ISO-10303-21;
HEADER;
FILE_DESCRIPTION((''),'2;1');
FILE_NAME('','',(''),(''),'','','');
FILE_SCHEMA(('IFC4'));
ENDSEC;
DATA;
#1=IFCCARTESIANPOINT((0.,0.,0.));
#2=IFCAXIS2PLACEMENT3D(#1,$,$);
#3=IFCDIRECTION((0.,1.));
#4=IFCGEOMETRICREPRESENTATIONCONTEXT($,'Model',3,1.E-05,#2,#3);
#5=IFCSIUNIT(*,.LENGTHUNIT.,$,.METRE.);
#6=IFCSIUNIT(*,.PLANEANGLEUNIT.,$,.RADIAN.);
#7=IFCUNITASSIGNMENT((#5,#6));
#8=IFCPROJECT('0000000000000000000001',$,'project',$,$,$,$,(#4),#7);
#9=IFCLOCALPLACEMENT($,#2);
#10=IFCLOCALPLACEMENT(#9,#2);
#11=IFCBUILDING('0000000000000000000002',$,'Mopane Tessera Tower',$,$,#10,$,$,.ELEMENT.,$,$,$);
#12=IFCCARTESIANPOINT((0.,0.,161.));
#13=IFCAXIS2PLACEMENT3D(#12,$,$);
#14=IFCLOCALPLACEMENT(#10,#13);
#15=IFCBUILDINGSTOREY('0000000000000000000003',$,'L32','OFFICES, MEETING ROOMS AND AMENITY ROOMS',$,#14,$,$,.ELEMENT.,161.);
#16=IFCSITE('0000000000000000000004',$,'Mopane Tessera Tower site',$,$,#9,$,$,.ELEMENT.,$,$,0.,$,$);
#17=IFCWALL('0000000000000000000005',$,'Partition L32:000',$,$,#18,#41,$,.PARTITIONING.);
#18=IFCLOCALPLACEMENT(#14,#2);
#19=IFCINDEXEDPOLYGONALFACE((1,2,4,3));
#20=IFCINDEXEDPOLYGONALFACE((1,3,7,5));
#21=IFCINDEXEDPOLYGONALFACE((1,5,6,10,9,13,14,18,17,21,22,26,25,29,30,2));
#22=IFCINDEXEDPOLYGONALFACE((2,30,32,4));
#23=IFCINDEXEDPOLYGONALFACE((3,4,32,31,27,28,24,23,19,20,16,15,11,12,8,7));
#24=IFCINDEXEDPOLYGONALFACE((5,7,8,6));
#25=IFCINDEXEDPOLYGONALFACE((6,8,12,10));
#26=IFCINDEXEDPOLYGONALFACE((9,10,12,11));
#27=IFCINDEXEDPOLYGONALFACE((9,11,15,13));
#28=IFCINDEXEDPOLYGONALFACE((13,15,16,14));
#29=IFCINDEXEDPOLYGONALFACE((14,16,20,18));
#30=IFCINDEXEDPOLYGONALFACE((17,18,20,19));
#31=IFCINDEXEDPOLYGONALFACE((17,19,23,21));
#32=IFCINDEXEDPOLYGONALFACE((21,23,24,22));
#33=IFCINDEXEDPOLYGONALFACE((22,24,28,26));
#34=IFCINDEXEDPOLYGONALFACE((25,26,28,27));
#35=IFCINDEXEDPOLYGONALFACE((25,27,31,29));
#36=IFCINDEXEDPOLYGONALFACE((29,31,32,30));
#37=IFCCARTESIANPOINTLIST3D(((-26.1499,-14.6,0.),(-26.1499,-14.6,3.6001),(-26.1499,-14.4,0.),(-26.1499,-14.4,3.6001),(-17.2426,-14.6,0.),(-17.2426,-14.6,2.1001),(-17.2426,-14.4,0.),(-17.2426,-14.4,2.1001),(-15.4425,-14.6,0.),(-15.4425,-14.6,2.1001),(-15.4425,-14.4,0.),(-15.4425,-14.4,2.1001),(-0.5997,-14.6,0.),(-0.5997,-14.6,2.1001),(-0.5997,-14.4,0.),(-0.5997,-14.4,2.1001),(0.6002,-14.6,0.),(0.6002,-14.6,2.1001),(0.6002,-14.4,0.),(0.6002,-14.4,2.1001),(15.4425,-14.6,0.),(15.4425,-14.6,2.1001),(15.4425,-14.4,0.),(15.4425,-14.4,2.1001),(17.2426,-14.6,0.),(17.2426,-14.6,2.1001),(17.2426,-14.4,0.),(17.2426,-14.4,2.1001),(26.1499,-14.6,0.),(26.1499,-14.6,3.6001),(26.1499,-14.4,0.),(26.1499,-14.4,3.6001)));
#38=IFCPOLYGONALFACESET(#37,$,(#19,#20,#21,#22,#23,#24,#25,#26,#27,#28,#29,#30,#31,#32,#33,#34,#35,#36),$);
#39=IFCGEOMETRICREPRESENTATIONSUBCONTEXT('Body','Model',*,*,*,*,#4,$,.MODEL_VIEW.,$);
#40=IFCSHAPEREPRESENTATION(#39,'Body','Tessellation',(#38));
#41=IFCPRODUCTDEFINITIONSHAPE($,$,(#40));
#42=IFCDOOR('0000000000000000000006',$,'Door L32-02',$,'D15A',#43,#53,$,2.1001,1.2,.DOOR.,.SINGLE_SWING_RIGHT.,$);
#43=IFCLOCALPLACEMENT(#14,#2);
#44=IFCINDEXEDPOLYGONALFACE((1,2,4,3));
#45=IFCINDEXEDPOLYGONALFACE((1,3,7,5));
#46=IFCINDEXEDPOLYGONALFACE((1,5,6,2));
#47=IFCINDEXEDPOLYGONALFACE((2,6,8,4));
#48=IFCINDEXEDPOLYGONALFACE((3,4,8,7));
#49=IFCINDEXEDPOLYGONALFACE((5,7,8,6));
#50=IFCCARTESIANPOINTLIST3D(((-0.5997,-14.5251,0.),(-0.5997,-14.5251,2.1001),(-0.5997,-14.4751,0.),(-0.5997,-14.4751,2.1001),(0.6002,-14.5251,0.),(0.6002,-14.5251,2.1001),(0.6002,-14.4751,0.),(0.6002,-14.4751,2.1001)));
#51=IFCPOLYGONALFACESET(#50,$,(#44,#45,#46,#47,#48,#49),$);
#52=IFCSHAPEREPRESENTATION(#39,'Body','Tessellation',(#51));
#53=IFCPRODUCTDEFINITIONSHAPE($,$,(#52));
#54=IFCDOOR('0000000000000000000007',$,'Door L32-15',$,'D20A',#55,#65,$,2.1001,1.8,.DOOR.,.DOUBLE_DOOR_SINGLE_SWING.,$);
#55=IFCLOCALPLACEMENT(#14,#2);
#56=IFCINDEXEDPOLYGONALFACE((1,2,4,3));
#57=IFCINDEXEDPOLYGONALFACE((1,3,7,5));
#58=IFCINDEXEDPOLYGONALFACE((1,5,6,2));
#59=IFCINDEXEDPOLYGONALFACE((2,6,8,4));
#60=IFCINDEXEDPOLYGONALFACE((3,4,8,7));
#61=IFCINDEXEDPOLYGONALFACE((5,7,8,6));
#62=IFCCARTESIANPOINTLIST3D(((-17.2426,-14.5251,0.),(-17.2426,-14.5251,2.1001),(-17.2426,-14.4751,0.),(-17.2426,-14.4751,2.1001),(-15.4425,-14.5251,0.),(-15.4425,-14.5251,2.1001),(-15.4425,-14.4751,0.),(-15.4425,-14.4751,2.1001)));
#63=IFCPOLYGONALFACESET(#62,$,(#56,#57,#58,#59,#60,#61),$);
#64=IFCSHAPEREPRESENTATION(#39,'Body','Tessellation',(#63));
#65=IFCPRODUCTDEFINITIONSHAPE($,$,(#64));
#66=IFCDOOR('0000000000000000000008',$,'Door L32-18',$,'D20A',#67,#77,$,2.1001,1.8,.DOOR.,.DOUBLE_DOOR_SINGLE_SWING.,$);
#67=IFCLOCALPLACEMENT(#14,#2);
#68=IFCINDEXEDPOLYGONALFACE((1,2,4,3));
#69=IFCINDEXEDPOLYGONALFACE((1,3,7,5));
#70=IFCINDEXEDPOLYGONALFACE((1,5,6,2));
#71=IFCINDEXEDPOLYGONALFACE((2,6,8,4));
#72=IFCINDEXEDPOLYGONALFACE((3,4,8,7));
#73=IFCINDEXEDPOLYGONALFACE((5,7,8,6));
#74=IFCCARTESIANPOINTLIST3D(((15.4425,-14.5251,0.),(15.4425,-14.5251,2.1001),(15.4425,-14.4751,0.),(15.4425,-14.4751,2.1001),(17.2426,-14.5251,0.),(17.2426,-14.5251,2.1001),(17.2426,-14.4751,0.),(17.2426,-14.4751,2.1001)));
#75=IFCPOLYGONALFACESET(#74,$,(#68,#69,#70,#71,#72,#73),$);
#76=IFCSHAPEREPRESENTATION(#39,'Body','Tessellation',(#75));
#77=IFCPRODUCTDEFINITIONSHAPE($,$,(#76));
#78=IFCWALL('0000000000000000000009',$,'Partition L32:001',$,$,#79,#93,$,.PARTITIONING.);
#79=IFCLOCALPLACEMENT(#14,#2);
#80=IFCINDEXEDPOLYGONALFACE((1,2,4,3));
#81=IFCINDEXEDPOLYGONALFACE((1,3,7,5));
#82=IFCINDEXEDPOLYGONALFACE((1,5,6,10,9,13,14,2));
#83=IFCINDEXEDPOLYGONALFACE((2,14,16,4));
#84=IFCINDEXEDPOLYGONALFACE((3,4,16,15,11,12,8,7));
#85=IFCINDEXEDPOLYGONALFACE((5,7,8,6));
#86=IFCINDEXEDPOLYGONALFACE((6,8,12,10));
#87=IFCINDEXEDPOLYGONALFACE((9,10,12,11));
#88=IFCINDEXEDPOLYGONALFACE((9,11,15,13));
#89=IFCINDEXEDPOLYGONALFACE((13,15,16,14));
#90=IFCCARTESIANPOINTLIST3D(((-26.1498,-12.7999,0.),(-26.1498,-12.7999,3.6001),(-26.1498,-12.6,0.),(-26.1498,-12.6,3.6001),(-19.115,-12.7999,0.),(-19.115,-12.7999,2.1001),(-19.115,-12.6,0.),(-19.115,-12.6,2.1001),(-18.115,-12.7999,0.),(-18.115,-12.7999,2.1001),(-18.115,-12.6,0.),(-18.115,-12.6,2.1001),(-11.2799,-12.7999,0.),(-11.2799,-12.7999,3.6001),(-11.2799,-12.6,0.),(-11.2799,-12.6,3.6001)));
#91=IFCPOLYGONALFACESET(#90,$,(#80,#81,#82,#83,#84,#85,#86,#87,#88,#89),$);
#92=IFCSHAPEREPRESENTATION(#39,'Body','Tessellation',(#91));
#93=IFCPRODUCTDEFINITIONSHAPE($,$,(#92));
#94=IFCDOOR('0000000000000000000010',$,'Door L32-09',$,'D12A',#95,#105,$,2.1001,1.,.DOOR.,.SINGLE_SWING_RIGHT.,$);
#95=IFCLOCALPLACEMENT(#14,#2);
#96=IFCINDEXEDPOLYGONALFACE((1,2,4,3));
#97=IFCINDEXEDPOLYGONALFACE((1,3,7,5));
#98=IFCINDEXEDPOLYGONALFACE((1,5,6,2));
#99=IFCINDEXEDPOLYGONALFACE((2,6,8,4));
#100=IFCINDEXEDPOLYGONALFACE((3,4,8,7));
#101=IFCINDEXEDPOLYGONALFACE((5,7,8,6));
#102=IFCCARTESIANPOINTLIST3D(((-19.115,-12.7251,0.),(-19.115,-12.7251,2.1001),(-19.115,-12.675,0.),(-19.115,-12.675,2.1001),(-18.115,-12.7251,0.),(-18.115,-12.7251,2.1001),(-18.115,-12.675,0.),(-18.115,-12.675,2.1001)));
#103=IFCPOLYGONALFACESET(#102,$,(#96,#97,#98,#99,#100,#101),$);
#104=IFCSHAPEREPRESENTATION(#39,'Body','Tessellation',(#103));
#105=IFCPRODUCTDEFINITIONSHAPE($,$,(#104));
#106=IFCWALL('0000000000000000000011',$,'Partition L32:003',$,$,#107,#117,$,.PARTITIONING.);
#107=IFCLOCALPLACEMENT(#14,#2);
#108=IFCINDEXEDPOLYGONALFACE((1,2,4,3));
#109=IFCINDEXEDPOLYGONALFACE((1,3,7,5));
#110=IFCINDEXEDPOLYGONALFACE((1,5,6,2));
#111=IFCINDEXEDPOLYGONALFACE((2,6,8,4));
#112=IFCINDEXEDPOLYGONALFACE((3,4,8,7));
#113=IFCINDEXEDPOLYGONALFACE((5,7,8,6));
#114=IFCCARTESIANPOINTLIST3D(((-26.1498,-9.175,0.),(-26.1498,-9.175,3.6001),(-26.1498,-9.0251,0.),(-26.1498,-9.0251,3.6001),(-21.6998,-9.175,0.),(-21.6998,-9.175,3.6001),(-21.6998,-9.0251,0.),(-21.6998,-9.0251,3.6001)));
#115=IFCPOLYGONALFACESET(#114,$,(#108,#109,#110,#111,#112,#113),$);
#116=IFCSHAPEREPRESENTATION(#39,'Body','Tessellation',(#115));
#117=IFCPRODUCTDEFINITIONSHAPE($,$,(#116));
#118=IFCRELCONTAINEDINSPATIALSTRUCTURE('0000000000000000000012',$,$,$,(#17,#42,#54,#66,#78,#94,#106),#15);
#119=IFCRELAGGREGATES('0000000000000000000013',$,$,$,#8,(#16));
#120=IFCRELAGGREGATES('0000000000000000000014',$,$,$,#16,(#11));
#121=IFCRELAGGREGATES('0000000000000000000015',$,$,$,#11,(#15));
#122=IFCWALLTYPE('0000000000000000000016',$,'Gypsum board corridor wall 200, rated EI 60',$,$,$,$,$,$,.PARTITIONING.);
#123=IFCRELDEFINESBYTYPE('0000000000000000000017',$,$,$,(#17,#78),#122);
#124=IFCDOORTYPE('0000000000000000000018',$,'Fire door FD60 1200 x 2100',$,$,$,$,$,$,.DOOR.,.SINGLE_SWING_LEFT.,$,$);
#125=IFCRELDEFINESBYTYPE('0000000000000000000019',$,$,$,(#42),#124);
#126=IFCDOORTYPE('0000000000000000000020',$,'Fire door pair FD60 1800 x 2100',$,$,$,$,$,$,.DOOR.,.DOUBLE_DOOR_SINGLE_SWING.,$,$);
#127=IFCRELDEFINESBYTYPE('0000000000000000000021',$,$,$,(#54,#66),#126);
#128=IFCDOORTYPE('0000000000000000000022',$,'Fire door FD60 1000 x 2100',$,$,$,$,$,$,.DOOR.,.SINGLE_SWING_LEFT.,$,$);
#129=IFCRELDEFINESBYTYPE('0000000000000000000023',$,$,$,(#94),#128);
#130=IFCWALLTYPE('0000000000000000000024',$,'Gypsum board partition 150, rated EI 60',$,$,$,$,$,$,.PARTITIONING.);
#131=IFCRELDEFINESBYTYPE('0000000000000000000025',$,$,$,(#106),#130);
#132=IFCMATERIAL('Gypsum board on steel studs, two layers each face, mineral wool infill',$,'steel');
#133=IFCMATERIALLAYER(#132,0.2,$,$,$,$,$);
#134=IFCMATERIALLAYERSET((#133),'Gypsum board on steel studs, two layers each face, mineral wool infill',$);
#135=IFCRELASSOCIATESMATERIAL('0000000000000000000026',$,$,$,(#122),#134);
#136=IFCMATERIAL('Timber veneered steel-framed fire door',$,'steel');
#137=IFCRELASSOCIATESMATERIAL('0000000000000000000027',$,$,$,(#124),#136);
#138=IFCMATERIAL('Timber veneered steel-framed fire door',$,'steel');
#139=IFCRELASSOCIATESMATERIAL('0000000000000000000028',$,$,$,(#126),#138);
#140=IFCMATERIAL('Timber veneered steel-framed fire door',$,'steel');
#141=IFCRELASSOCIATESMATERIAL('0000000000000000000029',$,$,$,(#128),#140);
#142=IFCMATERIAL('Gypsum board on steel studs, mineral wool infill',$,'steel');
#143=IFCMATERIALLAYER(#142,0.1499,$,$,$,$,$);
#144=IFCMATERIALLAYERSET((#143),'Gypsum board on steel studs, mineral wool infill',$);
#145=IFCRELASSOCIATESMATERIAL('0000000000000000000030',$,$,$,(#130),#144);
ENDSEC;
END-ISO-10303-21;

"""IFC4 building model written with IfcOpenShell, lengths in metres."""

from ifc_helpers import new_model, si_unit, direction, frame, frame_2d, origin, place, context, subcontext, project, spatial, rectangle, extrude, material, layer, layer_set, type_object, element, fill, save


model = new_model("IFC4")

# Units and contexts
model_context = context("Model", 3, precision=1e-05, world=origin(), true_north=direction((0.0, 1.0)))
body_context = subcontext(model_context, "Body", "Model", "MODEL_VIEW")
ifc_project = project(units=[si_unit("LENGTHUNIT", "METRE"), si_unit("PLANEANGLEUNIT", "RADIAN")], contexts=[model_context])

# Site, building, storey
site_placement = place(None, origin())
site = spatial("IfcSite", under=ifc_project, at=site_placement, Name="Mopane Tessera Tower site", CompositionType="ELEMENT", RefElevation=0.0)
building_placement = place(site_placement, origin())
building = spatial("IfcBuilding", under=site, at=building_placement, Name="Mopane Tessera Tower", CompositionType="ELEMENT")
storey_placement = place(building_placement, frame((0.0, 0.0, 161.0)))
storey = spatial("IfcBuildingStorey", under=building, at=storey_placement, Name="L32", Description="OFFICES, MEETING ROOMS AND AMENITY ROOMS", CompositionType="ELEMENT", Elevation=161.0)

# Wall, openings, doors
ifc_material_1 = material(Name="Gypsum board on steel studs, two layers each face, mineral wool infill", Category="steel")
ifc_layer_1 = layer(ifc_material_1, 0.2)
ifc_layer_set_1 = layer_set([ifc_layer_1], Name="Gypsum board on steel studs, two layers each face, mineral wool infill")
wall_type_1 = type_object("IfcWallType", Name="Gypsum board corridor wall 200, rated EI 60", PredefinedType="PARTITIONING", material=ifc_layer_set_1)
wall_1_placement = place(storey_placement, frame((-26.1499, -14.5, 0.0), z_axis=(0.0, 0.0, 1.0), x_axis=(1.0, 0.0, 0.0)))
wall_1 = element("IfcWall", 1, at=wall_1_placement, inside=storey, type_object=wall_type_1, Name="Partition L32:000", PredefinedType="PARTITIONING", context=body_context, shape_type="SweptSolid", body=[
    extrude(rectangle(XDim=52.2998, YDim=0.2, at=frame_2d((26.1499, 0.0))), origin(), (0.0, 0.0, 1.0), 3.6001),
])
opening_1_placement = place(wall_1_placement, frame((25.55, 0.0, 0.0)))
opening_1 = element("IfcOpeningElement", 2, at=opening_1_placement, cuts=wall_1, PredefinedType="OPENING", context=body_context, shape_type="SweptSolid", body=[
    extrude(rectangle(XDim=1.2, YDim=2.1001, at=frame_2d((0.6001, 1.05))), frame((0.0, 0.1121, 0.0), z_axis=(0.0, -1.0, 0.0), x_axis=(1.0, 0.0, 0.0)), (0.0, 0.0, 1.0), 0.2239),
])
opening_2_placement = place(wall_1_placement, frame((8.9075, 0.0, 0.0)))
opening_2 = element("IfcOpeningElement", 3, at=opening_2_placement, cuts=wall_1, PredefinedType="OPENING", context=body_context, shape_type="SweptSolid", body=[
    extrude(rectangle(XDim=1.8, YDim=2.1001, at=frame_2d((0.8999, 1.05))), frame((0.0, 0.1121, 0.0), z_axis=(0.0, -1.0, 0.0), x_axis=(1.0, 0.0, 0.0)), (0.0, 0.0, 1.0), 0.2239),
])
opening_3_placement = place(wall_1_placement, frame((41.5925, 0.0, 0.0)))
opening_3 = element("IfcOpeningElement", 4, at=opening_3_placement, cuts=wall_1, PredefinedType="OPENING", context=body_context, shape_type="SweptSolid", body=[
    extrude(rectangle(XDim=1.8, YDim=2.1001, at=frame_2d((0.8999, 1.05))), frame((0.0, 0.1121, 0.0), z_axis=(0.0, -1.0, 0.0), x_axis=(1.0, 0.0, 0.0)), (0.0, 0.0, 1.0), 0.2239),
])
ifc_material_2 = material(Name="Timber veneered steel-framed fire door", Category="steel")
door_type_1 = type_object("IfcDoorType", Name="Fire door FD60 1200 x 2100", OperationType="SINGLE_SWING_LEFT", PredefinedType="DOOR", material=ifc_material_2)
door_1_placement = place(opening_1_placement, origin())
door_1 = element("IfcDoor", 5, at=door_1_placement, inside=storey, type_object=door_type_1, Name="Door L32-02", ObjectType="D15A", OperationType="SINGLE_SWING_RIGHT", OverallHeight=2.1001, OverallWidth=1.2, PredefinedType="DOOR", context=body_context, shape_type="SweptSolid", body=[
    extrude(rectangle(XDim=1.2, YDim=2.1001, at=frame_2d((0.6001, 1.05))), frame((0.0, 0.0249, 0.0), z_axis=(0.0, -1.0, 0.0), x_axis=(1.0, 0.0, 0.0)), (0.0, 0.0, 1.0), 0.05),
])
fill(opening_1, door_1)
ifc_material_3 = material(Name="Timber veneered steel-framed fire door", Category="steel")
door_type_2 = type_object("IfcDoorType", Name="Fire door pair FD60 1800 x 2100", OperationType="DOUBLE_DOOR_SINGLE_SWING", PredefinedType="DOOR", material=ifc_material_3)
door_2_placement = place(opening_2_placement, origin())
door_2 = element("IfcDoor", 6, at=door_2_placement, inside=storey, type_object=door_type_2, Name="Door L32-15", ObjectType="D20A", OperationType="DOUBLE_DOOR_SINGLE_SWING", OverallHeight=2.1001, OverallWidth=1.8, PredefinedType="DOOR", context=body_context, shape_type="SweptSolid", body=[
    extrude(rectangle(XDim=1.8, YDim=2.1001, at=frame_2d((0.8999, 1.05))), frame((0.0, 0.0249, 0.0), z_axis=(0.0, -1.0, 0.0), x_axis=(1.0, 0.0, 0.0)), (0.0, 0.0, 1.0), 0.05),
])
fill(opening_2, door_2)
door_3_placement = place(opening_3_placement, origin())
door_3 = element("IfcDoor", 7, at=door_3_placement, inside=storey, type_object=door_type_2, Name="Door L32-18", ObjectType="D20A", OperationType="DOUBLE_DOOR_SINGLE_SWING", OverallHeight=2.1001, OverallWidth=1.8, PredefinedType="DOOR", context=body_context, shape_type="SweptSolid", body=[
    extrude(rectangle(XDim=1.8, YDim=2.1001, at=frame_2d((0.8999, 1.05))), frame((0.0, 0.0249, 0.0), z_axis=(0.0, -1.0, 0.0), x_axis=(1.0, 0.0, 0.0)), (0.0, 0.0, 1.0), 0.05),
])
fill(opening_3, door_3)

# Wall, opening, door
wall_2_placement = place(storey_placement, frame((-26.1499, -12.7, 0.0), z_axis=(0.0, 0.0, 1.0), x_axis=(1.0, 0.0, 0.0)))
wall_2 = element("IfcWall", 8, at=wall_2_placement, inside=storey, type_object=wall_type_1, Name="Partition L32:001", PredefinedType="PARTITIONING", context=body_context, shape_type="SweptSolid", body=[
    extrude(rectangle(XDim=14.8699, YDim=0.2, at=frame_2d((7.4351, 0.0))), origin(), (0.0, 0.0, 1.0), 3.6001),
])
opening_4_placement = place(wall_2_placement, frame((7.0349, 0.0, 0.0)))
opening_4 = element("IfcOpeningElement", 9, at=opening_4_placement, cuts=wall_2, PredefinedType="OPENING", context=body_context, shape_type="SweptSolid", body=[
    extrude(rectangle(XDim=1.0, YDim=2.1001, at=frame_2d((0.5, 1.05))), frame((0.0, 0.1121, 0.0), z_axis=(0.0, -1.0, 0.0), x_axis=(1.0, 0.0, 0.0)), (0.0, 0.0, 1.0), 0.2239),
])
ifc_material_4 = material(Name="Timber veneered steel-framed fire door", Category="steel")
door_type_3 = type_object("IfcDoorType", Name="Fire door FD60 1000 x 2100", OperationType="SINGLE_SWING_LEFT", PredefinedType="DOOR", material=ifc_material_4)
door_4_placement = place(opening_4_placement, origin())
door_4 = element("IfcDoor", 10, at=door_4_placement, inside=storey, type_object=door_type_3, Name="Door L32-09", ObjectType="D12A", OperationType="SINGLE_SWING_RIGHT", OverallHeight=2.1001, OverallWidth=1.0, PredefinedType="DOOR", context=body_context, shape_type="SweptSolid", body=[
    extrude(rectangle(XDim=1.0, YDim=2.1001, at=frame_2d((0.5, 1.05))), frame((0.0, 0.0249, 0.0), z_axis=(0.0, -1.0, 0.0), x_axis=(1.0, 0.0, 0.0)), (0.0, 0.0, 1.0), 0.05),
])
fill(opening_4, door_4)

# Wall
ifc_material_5 = material(Name="Gypsum board on steel studs, mineral wool infill", Category="steel")
ifc_layer_2 = layer(ifc_material_5, 0.1499)
ifc_layer_set_2 = layer_set([ifc_layer_2], Name="Gypsum board on steel studs, mineral wool infill")
wall_type_2 = type_object("IfcWallType", Name="Gypsum board partition 150, rated EI 60", PredefinedType="PARTITIONING", material=ifc_layer_set_2)
wall_3_placement = place(storey_placement, frame((-26.1499, -9.1001, 0.0), z_axis=(0.0, 0.0, 1.0), x_axis=(1.0, 0.0, 0.0)))
element("IfcWall", 11, at=wall_3_placement, inside=storey, type_object=wall_type_2, Name="Partition L32:003", PredefinedType="PARTITIONING", context=body_context, shape_type="SweptSolid", body=[
    extrude(rectangle(XDim=4.45, YDim=0.1499, at=frame_2d((2.2251, 0.0))), origin(), (0.0, 0.0, 1.0), 3.6001),
])

save(model, "model.ifc")
